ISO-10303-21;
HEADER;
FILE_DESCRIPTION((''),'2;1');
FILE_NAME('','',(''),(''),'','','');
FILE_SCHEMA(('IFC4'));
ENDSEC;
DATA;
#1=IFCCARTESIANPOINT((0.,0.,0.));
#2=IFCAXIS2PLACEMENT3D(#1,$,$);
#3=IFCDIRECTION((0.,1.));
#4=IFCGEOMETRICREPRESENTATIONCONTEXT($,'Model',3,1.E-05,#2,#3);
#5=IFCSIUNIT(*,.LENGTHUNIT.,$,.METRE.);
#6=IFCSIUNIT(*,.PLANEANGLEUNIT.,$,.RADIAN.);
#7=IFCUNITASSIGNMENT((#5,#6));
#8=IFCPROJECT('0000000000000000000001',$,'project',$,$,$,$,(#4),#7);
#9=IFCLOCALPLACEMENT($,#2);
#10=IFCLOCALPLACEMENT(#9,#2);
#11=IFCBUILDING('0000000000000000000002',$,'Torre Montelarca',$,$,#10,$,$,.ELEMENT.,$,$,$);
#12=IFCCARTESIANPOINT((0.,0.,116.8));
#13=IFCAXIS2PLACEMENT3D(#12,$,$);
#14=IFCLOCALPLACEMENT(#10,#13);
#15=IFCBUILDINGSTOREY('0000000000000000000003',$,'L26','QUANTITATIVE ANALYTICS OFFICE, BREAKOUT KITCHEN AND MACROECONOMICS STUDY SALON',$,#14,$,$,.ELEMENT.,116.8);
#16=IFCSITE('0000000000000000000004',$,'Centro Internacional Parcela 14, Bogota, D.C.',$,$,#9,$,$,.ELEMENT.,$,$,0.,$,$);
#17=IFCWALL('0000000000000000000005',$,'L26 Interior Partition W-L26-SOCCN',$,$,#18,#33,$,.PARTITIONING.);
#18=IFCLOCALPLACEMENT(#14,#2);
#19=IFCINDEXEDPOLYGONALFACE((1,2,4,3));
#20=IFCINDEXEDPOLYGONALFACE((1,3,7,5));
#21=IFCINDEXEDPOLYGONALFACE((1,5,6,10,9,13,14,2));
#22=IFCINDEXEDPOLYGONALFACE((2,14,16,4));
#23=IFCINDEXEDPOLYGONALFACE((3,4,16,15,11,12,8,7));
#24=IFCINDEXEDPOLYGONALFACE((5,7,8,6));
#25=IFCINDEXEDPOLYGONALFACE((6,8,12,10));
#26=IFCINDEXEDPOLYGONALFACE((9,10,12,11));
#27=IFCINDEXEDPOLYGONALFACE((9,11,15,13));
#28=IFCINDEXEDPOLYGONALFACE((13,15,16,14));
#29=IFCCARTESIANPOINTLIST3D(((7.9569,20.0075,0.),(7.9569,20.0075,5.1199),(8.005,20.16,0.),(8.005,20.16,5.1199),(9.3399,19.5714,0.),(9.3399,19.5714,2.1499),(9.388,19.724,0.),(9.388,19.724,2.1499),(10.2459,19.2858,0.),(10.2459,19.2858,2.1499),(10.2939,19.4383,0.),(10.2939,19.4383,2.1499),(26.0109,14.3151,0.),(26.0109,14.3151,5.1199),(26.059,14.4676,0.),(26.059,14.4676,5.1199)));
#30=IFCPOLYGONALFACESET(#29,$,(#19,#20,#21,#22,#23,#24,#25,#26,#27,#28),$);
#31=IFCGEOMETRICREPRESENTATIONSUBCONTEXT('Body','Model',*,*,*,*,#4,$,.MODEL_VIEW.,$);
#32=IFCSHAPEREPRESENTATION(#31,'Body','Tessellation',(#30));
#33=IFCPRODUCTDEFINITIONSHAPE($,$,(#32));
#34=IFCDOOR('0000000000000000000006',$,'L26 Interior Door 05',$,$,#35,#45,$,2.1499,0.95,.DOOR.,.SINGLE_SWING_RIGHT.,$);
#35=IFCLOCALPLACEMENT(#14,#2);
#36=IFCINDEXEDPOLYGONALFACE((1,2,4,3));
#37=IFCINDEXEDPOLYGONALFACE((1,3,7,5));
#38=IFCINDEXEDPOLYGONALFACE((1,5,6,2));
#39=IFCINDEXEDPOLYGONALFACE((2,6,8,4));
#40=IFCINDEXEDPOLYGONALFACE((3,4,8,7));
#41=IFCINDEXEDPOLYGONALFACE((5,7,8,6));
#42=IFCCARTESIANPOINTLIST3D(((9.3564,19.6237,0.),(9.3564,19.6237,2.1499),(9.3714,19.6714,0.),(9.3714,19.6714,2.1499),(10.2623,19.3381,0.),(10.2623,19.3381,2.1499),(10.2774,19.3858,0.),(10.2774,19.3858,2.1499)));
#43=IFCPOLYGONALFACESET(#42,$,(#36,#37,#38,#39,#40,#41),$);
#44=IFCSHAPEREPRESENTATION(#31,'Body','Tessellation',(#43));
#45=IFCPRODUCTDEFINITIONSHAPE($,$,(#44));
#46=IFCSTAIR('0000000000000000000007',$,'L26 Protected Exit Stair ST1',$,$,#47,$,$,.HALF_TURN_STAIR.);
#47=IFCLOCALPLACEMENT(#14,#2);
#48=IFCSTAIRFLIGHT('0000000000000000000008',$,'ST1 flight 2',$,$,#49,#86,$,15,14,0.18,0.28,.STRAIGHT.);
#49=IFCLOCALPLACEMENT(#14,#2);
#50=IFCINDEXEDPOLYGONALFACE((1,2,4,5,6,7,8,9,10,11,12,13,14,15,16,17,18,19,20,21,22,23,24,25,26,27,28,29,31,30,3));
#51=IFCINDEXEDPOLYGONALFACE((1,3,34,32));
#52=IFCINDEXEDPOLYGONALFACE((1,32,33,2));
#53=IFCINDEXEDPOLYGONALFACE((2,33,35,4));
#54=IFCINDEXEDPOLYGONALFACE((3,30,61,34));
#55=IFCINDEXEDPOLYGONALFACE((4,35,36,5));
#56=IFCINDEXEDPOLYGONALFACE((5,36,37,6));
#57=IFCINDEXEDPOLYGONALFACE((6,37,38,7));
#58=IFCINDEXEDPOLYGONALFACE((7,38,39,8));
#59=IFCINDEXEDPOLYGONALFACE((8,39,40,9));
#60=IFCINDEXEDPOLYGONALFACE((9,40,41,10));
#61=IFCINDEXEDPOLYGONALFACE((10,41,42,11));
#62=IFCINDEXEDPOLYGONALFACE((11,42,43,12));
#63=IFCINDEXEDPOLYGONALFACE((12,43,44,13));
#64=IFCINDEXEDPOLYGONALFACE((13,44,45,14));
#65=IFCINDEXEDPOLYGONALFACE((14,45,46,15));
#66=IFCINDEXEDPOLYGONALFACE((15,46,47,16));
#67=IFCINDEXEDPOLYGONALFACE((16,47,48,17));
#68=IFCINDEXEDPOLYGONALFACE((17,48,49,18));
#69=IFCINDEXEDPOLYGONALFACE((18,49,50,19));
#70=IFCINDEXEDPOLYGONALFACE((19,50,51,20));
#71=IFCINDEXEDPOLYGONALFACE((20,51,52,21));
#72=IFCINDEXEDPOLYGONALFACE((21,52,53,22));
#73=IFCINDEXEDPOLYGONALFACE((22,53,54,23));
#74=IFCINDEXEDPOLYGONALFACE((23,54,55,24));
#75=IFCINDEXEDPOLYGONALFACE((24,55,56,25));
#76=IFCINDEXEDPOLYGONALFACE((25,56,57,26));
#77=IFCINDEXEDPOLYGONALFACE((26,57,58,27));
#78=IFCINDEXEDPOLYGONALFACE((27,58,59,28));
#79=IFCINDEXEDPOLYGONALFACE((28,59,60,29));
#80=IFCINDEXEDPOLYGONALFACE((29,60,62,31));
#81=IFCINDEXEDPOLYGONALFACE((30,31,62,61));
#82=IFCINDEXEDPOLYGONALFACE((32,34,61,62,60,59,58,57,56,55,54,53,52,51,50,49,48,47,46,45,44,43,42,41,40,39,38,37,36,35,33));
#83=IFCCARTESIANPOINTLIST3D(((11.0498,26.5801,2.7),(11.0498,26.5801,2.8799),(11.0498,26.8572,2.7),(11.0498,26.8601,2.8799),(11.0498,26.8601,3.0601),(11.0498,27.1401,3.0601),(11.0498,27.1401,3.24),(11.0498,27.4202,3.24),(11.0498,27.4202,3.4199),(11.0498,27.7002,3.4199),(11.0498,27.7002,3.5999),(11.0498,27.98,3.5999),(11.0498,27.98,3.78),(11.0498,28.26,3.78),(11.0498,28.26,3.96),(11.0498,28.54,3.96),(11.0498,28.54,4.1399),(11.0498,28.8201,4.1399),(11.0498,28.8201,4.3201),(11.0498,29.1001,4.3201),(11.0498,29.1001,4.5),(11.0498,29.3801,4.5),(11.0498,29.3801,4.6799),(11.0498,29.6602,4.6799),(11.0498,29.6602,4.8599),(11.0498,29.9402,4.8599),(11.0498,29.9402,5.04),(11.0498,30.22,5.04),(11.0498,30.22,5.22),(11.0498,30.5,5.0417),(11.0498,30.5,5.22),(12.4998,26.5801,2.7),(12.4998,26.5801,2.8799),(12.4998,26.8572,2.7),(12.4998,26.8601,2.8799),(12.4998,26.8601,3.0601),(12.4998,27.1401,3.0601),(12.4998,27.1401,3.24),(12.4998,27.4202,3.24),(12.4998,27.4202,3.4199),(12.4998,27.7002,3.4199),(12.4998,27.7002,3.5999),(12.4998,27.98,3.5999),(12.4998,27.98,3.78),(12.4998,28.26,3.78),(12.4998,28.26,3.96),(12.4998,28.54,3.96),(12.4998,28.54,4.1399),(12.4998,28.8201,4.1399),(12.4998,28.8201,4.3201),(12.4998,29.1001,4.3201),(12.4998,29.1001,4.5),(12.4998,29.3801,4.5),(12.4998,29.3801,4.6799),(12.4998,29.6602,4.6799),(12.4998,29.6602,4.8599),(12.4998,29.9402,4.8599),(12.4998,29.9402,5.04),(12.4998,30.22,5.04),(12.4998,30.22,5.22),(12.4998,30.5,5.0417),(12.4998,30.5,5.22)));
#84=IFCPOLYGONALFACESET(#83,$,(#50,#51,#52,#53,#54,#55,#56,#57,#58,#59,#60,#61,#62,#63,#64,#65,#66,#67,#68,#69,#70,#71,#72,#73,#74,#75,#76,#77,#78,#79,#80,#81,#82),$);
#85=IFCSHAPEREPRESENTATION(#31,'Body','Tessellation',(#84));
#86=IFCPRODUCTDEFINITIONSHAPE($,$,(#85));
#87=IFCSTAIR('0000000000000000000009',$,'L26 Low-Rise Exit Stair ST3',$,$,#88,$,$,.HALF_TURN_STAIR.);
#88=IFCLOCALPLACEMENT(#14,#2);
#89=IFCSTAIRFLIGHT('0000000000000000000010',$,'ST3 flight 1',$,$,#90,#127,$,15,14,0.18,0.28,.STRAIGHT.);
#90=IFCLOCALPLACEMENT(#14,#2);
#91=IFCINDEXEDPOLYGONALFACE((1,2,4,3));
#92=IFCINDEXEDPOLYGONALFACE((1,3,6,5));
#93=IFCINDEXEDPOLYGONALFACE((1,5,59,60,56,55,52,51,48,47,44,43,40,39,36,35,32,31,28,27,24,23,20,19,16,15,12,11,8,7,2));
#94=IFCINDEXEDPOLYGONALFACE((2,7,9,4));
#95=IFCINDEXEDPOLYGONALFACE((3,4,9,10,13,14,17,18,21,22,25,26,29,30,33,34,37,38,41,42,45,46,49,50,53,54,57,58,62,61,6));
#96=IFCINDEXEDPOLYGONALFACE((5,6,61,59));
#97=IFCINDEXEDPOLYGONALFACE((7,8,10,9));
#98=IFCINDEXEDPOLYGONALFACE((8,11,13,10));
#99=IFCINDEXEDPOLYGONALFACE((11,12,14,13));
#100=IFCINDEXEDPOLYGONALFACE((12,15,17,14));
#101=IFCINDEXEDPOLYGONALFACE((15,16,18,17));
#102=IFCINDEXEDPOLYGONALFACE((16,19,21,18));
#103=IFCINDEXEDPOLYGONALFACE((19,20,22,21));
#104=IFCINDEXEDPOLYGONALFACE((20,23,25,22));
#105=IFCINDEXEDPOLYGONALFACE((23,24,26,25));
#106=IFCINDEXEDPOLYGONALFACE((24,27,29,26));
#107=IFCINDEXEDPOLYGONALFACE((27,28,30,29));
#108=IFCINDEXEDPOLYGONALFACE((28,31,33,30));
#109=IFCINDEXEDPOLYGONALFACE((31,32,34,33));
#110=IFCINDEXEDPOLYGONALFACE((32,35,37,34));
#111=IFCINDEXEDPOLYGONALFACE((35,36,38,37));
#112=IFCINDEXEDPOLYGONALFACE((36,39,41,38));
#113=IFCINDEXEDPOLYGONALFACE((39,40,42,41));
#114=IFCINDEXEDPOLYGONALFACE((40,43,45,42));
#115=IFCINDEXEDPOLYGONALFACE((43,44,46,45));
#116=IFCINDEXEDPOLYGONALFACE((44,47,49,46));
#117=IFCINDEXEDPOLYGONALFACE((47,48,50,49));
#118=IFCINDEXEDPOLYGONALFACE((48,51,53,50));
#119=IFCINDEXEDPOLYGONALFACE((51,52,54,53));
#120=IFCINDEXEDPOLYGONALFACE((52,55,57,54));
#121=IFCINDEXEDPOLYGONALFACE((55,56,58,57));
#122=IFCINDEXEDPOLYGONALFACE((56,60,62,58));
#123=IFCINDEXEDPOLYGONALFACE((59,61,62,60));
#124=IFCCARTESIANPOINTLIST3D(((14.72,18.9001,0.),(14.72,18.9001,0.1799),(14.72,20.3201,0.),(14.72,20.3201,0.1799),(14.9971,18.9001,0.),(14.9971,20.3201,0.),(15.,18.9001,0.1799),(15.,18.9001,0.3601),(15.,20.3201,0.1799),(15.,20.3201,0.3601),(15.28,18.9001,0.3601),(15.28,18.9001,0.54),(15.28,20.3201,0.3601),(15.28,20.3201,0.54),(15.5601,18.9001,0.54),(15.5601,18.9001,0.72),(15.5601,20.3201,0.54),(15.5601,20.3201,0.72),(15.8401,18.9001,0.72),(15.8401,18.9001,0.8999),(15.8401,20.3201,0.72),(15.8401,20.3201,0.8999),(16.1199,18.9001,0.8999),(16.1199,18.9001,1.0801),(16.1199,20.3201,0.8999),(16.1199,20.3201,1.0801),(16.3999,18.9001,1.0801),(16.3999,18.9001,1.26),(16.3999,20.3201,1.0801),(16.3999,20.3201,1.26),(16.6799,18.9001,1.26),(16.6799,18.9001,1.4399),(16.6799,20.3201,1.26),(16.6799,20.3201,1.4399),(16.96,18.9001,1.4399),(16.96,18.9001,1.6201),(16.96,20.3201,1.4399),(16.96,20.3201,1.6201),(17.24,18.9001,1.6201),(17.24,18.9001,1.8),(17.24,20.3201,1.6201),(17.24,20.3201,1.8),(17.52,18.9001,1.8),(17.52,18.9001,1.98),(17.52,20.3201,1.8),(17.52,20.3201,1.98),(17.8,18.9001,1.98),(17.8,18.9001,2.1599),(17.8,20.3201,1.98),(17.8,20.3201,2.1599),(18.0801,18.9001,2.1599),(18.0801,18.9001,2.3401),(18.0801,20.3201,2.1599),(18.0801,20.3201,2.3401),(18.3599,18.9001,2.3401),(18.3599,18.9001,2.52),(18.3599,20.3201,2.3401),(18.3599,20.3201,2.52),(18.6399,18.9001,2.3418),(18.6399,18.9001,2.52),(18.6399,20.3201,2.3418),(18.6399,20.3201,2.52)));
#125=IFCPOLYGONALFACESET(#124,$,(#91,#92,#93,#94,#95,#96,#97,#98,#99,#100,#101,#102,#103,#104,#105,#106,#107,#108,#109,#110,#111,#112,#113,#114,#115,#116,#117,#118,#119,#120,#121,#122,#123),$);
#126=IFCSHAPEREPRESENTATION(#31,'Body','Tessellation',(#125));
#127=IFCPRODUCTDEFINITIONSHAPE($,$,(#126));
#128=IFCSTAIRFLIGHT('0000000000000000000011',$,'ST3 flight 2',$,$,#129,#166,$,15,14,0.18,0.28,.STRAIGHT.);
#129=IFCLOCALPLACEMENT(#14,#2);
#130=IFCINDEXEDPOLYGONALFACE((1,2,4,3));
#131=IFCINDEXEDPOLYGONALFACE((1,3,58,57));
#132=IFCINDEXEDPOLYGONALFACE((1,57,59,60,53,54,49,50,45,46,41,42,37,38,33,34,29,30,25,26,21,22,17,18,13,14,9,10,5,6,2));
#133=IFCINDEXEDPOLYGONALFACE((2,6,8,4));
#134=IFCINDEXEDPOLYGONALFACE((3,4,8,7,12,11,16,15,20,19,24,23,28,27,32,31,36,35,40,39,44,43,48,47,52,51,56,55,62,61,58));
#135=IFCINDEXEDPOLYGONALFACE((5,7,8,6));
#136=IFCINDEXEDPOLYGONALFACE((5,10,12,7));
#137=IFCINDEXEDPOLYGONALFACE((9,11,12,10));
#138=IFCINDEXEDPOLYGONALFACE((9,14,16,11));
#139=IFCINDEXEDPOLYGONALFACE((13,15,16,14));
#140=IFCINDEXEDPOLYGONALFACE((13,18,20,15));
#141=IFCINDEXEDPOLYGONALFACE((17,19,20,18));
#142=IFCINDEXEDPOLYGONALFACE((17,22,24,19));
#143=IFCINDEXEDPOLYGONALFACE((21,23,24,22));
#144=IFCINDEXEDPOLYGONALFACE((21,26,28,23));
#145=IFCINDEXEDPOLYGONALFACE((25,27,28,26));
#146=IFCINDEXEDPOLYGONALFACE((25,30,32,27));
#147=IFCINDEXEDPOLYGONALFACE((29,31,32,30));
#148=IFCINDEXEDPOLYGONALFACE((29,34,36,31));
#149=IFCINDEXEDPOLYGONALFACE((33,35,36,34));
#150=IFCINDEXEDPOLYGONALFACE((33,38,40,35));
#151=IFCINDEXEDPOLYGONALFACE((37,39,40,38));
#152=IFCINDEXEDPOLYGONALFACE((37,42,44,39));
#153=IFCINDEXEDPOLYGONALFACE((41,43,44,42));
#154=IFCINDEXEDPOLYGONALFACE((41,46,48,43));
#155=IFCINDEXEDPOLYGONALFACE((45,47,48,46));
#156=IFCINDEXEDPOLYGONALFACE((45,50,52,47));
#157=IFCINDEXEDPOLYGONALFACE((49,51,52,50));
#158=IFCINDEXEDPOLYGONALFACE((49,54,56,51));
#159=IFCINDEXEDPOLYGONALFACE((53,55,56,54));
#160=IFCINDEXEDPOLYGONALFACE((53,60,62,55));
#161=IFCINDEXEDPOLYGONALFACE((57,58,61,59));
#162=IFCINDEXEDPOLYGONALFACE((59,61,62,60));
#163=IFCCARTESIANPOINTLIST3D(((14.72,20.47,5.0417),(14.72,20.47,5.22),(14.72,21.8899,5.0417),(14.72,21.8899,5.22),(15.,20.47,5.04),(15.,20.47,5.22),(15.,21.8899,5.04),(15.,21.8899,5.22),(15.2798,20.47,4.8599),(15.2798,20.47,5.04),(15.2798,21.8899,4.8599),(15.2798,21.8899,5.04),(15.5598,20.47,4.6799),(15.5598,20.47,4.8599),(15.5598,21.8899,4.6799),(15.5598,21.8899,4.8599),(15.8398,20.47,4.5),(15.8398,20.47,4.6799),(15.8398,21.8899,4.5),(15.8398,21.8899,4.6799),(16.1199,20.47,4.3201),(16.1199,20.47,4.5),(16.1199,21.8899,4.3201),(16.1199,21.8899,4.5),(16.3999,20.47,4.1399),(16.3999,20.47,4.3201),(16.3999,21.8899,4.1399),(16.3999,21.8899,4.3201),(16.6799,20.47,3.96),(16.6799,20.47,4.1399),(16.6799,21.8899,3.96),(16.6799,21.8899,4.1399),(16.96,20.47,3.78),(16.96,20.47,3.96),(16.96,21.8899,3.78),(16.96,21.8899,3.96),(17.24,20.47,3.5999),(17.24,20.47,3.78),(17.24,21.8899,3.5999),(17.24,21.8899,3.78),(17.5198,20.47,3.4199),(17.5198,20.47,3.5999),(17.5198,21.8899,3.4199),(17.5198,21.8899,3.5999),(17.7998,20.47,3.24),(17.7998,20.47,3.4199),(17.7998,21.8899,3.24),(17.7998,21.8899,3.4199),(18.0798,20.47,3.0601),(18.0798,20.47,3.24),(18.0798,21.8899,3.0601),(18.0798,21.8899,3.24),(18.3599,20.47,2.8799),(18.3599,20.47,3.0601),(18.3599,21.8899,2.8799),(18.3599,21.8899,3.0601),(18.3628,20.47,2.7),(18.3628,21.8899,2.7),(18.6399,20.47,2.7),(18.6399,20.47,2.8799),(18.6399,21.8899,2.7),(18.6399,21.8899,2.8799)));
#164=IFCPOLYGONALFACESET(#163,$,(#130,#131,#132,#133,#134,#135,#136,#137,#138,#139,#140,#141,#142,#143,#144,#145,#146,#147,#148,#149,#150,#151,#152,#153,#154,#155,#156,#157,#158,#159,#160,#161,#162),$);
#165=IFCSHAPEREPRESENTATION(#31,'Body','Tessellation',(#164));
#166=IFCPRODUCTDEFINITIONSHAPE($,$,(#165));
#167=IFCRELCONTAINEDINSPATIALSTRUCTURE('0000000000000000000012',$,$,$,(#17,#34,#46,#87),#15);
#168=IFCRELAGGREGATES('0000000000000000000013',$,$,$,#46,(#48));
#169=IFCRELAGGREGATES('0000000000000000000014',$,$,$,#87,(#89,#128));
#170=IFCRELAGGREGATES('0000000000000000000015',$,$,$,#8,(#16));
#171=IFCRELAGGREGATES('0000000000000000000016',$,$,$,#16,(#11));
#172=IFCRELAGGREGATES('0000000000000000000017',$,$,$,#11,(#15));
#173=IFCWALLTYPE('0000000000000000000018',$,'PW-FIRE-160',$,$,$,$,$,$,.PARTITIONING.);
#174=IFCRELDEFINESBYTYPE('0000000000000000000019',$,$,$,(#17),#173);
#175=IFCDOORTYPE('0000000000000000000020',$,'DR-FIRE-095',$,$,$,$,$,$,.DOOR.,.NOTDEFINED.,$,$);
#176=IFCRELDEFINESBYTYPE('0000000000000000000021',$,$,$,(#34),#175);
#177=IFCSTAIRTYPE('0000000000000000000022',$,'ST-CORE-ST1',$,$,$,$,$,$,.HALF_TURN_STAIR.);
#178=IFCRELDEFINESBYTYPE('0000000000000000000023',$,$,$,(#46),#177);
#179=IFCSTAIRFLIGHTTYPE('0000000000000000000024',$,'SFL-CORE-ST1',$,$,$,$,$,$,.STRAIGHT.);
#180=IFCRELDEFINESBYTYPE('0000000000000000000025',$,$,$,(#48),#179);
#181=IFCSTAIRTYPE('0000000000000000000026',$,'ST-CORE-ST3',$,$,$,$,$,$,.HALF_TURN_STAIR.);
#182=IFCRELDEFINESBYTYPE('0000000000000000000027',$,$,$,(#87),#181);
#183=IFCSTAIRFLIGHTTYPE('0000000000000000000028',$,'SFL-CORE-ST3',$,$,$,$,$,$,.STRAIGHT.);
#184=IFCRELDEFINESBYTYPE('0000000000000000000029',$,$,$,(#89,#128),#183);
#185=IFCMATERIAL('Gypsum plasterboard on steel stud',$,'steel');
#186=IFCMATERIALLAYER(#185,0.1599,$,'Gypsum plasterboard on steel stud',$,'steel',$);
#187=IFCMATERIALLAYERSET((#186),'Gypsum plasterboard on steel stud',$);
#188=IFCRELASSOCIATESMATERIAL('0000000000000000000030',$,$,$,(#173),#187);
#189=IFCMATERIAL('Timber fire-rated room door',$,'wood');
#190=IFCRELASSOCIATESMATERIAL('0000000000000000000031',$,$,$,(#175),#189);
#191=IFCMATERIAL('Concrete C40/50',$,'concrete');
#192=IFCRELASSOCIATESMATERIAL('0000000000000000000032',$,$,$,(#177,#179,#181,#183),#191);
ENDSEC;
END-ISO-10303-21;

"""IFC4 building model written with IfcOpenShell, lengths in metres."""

from ifc_helpers import new_model, si_unit, direction, frame, frame_2d, origin, place, context, subcontext, project, spatial, polyline, rectangle, outline, extrude, source, transform, mapped, material, layer, layer_set, type_object, element, fill, aggregate, save


model = new_model("IFC4")

# Units and contexts
model_context = context("Model", 3, precision=1e-05, world=origin(), true_north=direction((0.0, 1.0)))
body_context = subcontext(model_context, "Body", "Model", "MODEL_VIEW")
ifc_project = project(units=[si_unit("LENGTHUNIT", "METRE"), si_unit("PLANEANGLEUNIT", "RADIAN")], contexts=[model_context])

# Site, building, storey
site_placement = place(None, origin())
site = spatial("IfcSite", under=ifc_project, at=site_placement, Name="Centro Internacional Parcela 14, Bogota, D.C.", CompositionType="ELEMENT", RefElevation=0.0)
building_placement = place(site_placement, origin())
building = spatial("IfcBuilding", under=site, at=building_placement, Name="Torre Montelarca", CompositionType="ELEMENT")
storey_placement = place(building_placement, frame((0.0, 0.0, 116.8)))
storey = spatial("IfcBuildingStorey", under=building, at=storey_placement, Name="L26", Description="QUANTITATIVE ANALYTICS OFFICE, BREAKOUT KITCHEN AND MACROECONOMICS STUDY SALON", CompositionType="ELEMENT", Elevation=116.8)

# Shared definitions
ifc_material_1 = material(Name="Concrete C40/50", Category="concrete")

# Wall, opening, door
ifc_material_2 = material(Name="Gypsum plasterboard on steel stud", Category="steel")
ifc_layer_1 = layer(ifc_material_2, 0.1599, Name="Gypsum plasterboard on steel stud", Category="steel")
ifc_layer_set_1 = layer_set([ifc_layer_1], Name="Gypsum plasterboard on steel stud")
wall_type_1 = type_object("IfcWallType", Name="PW-FIRE-160", PredefinedType="PARTITIONING", material=ifc_layer_set_1)
wall_1_placement = place(storey_placement, frame((7.981, 20.0837, 0.0), z_axis=(0.0, 0.0, 1.0), x_axis=(0.953717, -0.300705, 0.0)))
wall_1 = element("IfcWall", 1, at=wall_1_placement, inside=storey, type_object=wall_type_1, Name="L26 Interior Partition W-L26-SOCCN", PredefinedType="PARTITIONING", context=body_context, shape_type="SweptSolid", body=[
    extrude(rectangle(XDim=18.9302, YDim=0.1599, at=frame_2d((9.4651, 0.0))), origin(), (0.0, 0.0, 1.0), 5.1199),
])
opening_1_placement = place(wall_1_placement, frame((1.45, 0.0, 0.0)))
opening_1 = element("IfcOpeningElement", 2, at=opening_1_placement, cuts=wall_1, PredefinedType="OPENING", context=body_context, shape_type="SweptSolid", body=[
    extrude(rectangle(XDim=0.95, YDim=2.1499, at=frame_2d((0.4751, 1.075))), frame((0.0, 0.0898, 0.0), z_axis=(0.0, -1.0, 0.0), x_axis=(1.0, 0.0, 0.0)), (0.0, 0.0, 1.0), 0.1799),
])
ifc_material_3 = material(Name="Timber fire-rated room door", Category="wood")
door_type_1 = type_object("IfcDoorType", Name="DR-FIRE-095", OperationType="NOTDEFINED", PredefinedType="DOOR", material=ifc_material_3)
shared_shape_1 = source(origin(), body_context, "Body", "SweptSolid", [
    extrude(rectangle(XDim=0.95, YDim=2.1499, at=frame_2d((0.4751, 1.075))), frame((0.0, 0.0249, 0.0), z_axis=(0.0, -1.0, 0.0), x_axis=(1.0, 0.0, 0.0)), (0.0, 0.0, 1.0), 0.05),
])
door_1_placement = place(opening_1_placement, origin())
door_1 = element("IfcDoor", 3, at=door_1_placement, inside=storey, type_object=door_type_1, Name="L26 Interior Door 05", OperationType="SINGLE_SWING_RIGHT", OverallHeight=2.1499, OverallWidth=0.95, PredefinedType="DOOR", context=body_context, shape_type="MappedRepresentation", body=[
    mapped(shared_shape_1, transform((0.0, 0.0, 0.0), scale=1.0)),
])
fill(opening_1, door_1)

# Stair, stair flight
stair_type_1 = type_object("IfcStairType", Name="ST-CORE-ST1", PredefinedType="HALF_TURN_STAIR", material=ifc_material_1)
stair_1_placement = place(storey_placement, origin())
stair_1 = element("IfcStair", 4, at=stair_1_placement, inside=storey, type_object=stair_type_1, Name="L26 Protected Exit Stair ST1", PredefinedType="HALF_TURN_STAIR")
stair_flight_type_1 = type_object("IfcStairFlightType", Name="SFL-CORE-ST1", PredefinedType="STRAIGHT", material=ifc_material_1)
stair_flight_1_placement = place(storey_placement, frame((11.7749, 26.5801, 2.7), z_axis=(0.0, 0.0, 1.0), x_axis=(0.0, 1.0, 0.0)))
stair_flight_1 = element("IfcStairFlight", 5, at=stair_flight_1_placement, type_object=stair_flight_type_1, Name="ST1 flight 2", NumberOfRisers=15, NumberOfTreads=14, PredefinedType="STRAIGHT", RiserHeight=0.18, TreadLength=0.28, context=body_context, shape_type="SweptSolid", body=[
    extrude(outline(polyline([(0.0, 0.0), (0.0, 0.1799), (0.28, 0.1799), (0.28, 0.3601), (0.5601, 0.3601), (0.5601, 0.54), (0.8401, 0.54), (0.8401, 0.72), (1.1201, 0.72), (1.1201, 0.8999), (1.3999, 0.8999), (1.3999, 1.0801), (1.6799, 1.0801), (1.6799, 1.26), (1.96, 1.26), (1.96, 1.4399), (2.24, 1.4399), (2.24, 1.6201), (2.52, 1.6201), (2.52, 1.8), (2.8, 1.8), (2.8, 1.98), (3.0801, 1.98), (3.0801, 2.1599), (3.3601, 2.1599), (3.3601, 2.3401), (3.6399, 2.3401), (3.6399, 2.52), (3.9199, 2.52), (3.9199, 2.7), (3.9199, 2.3418), (0.2771, 0.0), (0.0, 0.0)])), frame((0.0, 0.7251, 0.0), z_axis=(0.0, -1.0, 0.0), x_axis=(1.0, 0.0, 0.0)), (0.0, 0.0, 1.0), 1.45),
])
aggregate(stair_1, [stair_flight_1])

# Stair, stair flights
stair_type_2 = type_object("IfcStairType", Name="ST-CORE-ST3", PredefinedType="HALF_TURN_STAIR", material=ifc_material_1)
stair_2_placement = place(storey_placement, origin())
stair_2 = element("IfcStair", 6, at=stair_2_placement, inside=storey, type_object=stair_type_2, Name="L26 Low-Rise Exit Stair ST3", PredefinedType="HALF_TURN_STAIR")
stair_flight_type_2 = type_object("IfcStairFlightType", Name="SFL-CORE-ST3", PredefinedType="STRAIGHT", material=ifc_material_1)
stair_flight_2_placement = place(storey_placement, frame((14.72, 19.6101, 0.0), z_axis=(0.0, 0.0, 1.0), x_axis=(1.0, 0.0, 0.0)))
stair_flight_2 = element("IfcStairFlight", 7, at=stair_flight_2_placement, type_object=stair_flight_type_2, Name="ST3 flight 1", NumberOfRisers=15, NumberOfTreads=14, PredefinedType="STRAIGHT", RiserHeight=0.18, TreadLength=0.28, context=body_context, shape_type="SweptSolid", body=[
    extrude(outline(polyline([(0.0, 0.0), (0.0, 0.1799), (0.28, 0.1799), (0.28, 0.3601), (0.5601, 0.3601), (0.5601, 0.54), (0.8401, 0.54), (0.8401, 0.72), (1.1201, 0.72), (1.1201, 0.8999), (1.3999, 0.8999), (1.3999, 1.0801), (1.6799, 1.0801), (1.6799, 1.26), (1.96, 1.26), (1.96, 1.4399), (2.24, 1.4399), (2.24, 1.6201), (2.52, 1.6201), (2.52, 1.8), (2.8, 1.8), (2.8, 1.98), (3.0801, 1.98), (3.0801, 2.1599), (3.3601, 2.1599), (3.3601, 2.3401), (3.6399, 2.3401), (3.6399, 2.52), (3.9199, 2.52), (3.9199, 2.7), (3.9199, 2.3418), (0.2771, 0.0), (0.0, 0.0)])), frame((0.0, 0.71, 0.0), z_axis=(0.0, -1.0, 0.0), x_axis=(1.0, 0.0, 0.0)), (0.0, 0.0, 1.0), 1.4199),
])
stair_flight_3_placement = place(storey_placement, frame((18.6399, 21.1799, 2.7), z_axis=(0.0, 0.0, 1.0), x_axis=(-1.0, 0.0, 0.0)))
stair_flight_3 = element("IfcStairFlight", 8, at=stair_flight_3_placement, type_object=stair_flight_type_2, Name="ST3 flight 2", NumberOfRisers=15, NumberOfTreads=14, PredefinedType="STRAIGHT", RiserHeight=0.18, TreadLength=0.28, context=body_context, shape_type="SweptSolid", body=[
    extrude(outline(polyline([(0.0, 0.0), (0.0, 0.1799), (0.28, 0.1799), (0.28, 0.3601), (0.5601, 0.3601), (0.5601, 0.54), (0.8401, 0.54), (0.8401, 0.72), (1.1201, 0.72), (1.1201, 0.8999), (1.3999, 0.8999), (1.3999, 1.0801), (1.6799, 1.0801), (1.6799, 1.26), (1.96, 1.26), (1.96, 1.4399), (2.24, 1.4399), (2.24, 1.6201), (2.52, 1.6201), (2.52, 1.8), (2.8, 1.8), (2.8, 1.98), (3.0801, 1.98), (3.0801, 2.1599), (3.3601, 2.1599), (3.3601, 2.3401), (3.6399, 2.3401), (3.6399, 2.52), (3.9199, 2.52), (3.9199, 2.7), (3.9199, 2.3418), (0.2771, 0.0), (0.0, 0.0)])), frame((0.0, 0.71, 0.0), z_axis=(0.0, -1.0, 0.0), x_axis=(1.0, 0.0, 0.0)), (0.0, 0.0, 1.0), 1.4199),
])
aggregate(stair_2, [stair_flight_2, stair_flight_3])

save(model, "model.ifc")
